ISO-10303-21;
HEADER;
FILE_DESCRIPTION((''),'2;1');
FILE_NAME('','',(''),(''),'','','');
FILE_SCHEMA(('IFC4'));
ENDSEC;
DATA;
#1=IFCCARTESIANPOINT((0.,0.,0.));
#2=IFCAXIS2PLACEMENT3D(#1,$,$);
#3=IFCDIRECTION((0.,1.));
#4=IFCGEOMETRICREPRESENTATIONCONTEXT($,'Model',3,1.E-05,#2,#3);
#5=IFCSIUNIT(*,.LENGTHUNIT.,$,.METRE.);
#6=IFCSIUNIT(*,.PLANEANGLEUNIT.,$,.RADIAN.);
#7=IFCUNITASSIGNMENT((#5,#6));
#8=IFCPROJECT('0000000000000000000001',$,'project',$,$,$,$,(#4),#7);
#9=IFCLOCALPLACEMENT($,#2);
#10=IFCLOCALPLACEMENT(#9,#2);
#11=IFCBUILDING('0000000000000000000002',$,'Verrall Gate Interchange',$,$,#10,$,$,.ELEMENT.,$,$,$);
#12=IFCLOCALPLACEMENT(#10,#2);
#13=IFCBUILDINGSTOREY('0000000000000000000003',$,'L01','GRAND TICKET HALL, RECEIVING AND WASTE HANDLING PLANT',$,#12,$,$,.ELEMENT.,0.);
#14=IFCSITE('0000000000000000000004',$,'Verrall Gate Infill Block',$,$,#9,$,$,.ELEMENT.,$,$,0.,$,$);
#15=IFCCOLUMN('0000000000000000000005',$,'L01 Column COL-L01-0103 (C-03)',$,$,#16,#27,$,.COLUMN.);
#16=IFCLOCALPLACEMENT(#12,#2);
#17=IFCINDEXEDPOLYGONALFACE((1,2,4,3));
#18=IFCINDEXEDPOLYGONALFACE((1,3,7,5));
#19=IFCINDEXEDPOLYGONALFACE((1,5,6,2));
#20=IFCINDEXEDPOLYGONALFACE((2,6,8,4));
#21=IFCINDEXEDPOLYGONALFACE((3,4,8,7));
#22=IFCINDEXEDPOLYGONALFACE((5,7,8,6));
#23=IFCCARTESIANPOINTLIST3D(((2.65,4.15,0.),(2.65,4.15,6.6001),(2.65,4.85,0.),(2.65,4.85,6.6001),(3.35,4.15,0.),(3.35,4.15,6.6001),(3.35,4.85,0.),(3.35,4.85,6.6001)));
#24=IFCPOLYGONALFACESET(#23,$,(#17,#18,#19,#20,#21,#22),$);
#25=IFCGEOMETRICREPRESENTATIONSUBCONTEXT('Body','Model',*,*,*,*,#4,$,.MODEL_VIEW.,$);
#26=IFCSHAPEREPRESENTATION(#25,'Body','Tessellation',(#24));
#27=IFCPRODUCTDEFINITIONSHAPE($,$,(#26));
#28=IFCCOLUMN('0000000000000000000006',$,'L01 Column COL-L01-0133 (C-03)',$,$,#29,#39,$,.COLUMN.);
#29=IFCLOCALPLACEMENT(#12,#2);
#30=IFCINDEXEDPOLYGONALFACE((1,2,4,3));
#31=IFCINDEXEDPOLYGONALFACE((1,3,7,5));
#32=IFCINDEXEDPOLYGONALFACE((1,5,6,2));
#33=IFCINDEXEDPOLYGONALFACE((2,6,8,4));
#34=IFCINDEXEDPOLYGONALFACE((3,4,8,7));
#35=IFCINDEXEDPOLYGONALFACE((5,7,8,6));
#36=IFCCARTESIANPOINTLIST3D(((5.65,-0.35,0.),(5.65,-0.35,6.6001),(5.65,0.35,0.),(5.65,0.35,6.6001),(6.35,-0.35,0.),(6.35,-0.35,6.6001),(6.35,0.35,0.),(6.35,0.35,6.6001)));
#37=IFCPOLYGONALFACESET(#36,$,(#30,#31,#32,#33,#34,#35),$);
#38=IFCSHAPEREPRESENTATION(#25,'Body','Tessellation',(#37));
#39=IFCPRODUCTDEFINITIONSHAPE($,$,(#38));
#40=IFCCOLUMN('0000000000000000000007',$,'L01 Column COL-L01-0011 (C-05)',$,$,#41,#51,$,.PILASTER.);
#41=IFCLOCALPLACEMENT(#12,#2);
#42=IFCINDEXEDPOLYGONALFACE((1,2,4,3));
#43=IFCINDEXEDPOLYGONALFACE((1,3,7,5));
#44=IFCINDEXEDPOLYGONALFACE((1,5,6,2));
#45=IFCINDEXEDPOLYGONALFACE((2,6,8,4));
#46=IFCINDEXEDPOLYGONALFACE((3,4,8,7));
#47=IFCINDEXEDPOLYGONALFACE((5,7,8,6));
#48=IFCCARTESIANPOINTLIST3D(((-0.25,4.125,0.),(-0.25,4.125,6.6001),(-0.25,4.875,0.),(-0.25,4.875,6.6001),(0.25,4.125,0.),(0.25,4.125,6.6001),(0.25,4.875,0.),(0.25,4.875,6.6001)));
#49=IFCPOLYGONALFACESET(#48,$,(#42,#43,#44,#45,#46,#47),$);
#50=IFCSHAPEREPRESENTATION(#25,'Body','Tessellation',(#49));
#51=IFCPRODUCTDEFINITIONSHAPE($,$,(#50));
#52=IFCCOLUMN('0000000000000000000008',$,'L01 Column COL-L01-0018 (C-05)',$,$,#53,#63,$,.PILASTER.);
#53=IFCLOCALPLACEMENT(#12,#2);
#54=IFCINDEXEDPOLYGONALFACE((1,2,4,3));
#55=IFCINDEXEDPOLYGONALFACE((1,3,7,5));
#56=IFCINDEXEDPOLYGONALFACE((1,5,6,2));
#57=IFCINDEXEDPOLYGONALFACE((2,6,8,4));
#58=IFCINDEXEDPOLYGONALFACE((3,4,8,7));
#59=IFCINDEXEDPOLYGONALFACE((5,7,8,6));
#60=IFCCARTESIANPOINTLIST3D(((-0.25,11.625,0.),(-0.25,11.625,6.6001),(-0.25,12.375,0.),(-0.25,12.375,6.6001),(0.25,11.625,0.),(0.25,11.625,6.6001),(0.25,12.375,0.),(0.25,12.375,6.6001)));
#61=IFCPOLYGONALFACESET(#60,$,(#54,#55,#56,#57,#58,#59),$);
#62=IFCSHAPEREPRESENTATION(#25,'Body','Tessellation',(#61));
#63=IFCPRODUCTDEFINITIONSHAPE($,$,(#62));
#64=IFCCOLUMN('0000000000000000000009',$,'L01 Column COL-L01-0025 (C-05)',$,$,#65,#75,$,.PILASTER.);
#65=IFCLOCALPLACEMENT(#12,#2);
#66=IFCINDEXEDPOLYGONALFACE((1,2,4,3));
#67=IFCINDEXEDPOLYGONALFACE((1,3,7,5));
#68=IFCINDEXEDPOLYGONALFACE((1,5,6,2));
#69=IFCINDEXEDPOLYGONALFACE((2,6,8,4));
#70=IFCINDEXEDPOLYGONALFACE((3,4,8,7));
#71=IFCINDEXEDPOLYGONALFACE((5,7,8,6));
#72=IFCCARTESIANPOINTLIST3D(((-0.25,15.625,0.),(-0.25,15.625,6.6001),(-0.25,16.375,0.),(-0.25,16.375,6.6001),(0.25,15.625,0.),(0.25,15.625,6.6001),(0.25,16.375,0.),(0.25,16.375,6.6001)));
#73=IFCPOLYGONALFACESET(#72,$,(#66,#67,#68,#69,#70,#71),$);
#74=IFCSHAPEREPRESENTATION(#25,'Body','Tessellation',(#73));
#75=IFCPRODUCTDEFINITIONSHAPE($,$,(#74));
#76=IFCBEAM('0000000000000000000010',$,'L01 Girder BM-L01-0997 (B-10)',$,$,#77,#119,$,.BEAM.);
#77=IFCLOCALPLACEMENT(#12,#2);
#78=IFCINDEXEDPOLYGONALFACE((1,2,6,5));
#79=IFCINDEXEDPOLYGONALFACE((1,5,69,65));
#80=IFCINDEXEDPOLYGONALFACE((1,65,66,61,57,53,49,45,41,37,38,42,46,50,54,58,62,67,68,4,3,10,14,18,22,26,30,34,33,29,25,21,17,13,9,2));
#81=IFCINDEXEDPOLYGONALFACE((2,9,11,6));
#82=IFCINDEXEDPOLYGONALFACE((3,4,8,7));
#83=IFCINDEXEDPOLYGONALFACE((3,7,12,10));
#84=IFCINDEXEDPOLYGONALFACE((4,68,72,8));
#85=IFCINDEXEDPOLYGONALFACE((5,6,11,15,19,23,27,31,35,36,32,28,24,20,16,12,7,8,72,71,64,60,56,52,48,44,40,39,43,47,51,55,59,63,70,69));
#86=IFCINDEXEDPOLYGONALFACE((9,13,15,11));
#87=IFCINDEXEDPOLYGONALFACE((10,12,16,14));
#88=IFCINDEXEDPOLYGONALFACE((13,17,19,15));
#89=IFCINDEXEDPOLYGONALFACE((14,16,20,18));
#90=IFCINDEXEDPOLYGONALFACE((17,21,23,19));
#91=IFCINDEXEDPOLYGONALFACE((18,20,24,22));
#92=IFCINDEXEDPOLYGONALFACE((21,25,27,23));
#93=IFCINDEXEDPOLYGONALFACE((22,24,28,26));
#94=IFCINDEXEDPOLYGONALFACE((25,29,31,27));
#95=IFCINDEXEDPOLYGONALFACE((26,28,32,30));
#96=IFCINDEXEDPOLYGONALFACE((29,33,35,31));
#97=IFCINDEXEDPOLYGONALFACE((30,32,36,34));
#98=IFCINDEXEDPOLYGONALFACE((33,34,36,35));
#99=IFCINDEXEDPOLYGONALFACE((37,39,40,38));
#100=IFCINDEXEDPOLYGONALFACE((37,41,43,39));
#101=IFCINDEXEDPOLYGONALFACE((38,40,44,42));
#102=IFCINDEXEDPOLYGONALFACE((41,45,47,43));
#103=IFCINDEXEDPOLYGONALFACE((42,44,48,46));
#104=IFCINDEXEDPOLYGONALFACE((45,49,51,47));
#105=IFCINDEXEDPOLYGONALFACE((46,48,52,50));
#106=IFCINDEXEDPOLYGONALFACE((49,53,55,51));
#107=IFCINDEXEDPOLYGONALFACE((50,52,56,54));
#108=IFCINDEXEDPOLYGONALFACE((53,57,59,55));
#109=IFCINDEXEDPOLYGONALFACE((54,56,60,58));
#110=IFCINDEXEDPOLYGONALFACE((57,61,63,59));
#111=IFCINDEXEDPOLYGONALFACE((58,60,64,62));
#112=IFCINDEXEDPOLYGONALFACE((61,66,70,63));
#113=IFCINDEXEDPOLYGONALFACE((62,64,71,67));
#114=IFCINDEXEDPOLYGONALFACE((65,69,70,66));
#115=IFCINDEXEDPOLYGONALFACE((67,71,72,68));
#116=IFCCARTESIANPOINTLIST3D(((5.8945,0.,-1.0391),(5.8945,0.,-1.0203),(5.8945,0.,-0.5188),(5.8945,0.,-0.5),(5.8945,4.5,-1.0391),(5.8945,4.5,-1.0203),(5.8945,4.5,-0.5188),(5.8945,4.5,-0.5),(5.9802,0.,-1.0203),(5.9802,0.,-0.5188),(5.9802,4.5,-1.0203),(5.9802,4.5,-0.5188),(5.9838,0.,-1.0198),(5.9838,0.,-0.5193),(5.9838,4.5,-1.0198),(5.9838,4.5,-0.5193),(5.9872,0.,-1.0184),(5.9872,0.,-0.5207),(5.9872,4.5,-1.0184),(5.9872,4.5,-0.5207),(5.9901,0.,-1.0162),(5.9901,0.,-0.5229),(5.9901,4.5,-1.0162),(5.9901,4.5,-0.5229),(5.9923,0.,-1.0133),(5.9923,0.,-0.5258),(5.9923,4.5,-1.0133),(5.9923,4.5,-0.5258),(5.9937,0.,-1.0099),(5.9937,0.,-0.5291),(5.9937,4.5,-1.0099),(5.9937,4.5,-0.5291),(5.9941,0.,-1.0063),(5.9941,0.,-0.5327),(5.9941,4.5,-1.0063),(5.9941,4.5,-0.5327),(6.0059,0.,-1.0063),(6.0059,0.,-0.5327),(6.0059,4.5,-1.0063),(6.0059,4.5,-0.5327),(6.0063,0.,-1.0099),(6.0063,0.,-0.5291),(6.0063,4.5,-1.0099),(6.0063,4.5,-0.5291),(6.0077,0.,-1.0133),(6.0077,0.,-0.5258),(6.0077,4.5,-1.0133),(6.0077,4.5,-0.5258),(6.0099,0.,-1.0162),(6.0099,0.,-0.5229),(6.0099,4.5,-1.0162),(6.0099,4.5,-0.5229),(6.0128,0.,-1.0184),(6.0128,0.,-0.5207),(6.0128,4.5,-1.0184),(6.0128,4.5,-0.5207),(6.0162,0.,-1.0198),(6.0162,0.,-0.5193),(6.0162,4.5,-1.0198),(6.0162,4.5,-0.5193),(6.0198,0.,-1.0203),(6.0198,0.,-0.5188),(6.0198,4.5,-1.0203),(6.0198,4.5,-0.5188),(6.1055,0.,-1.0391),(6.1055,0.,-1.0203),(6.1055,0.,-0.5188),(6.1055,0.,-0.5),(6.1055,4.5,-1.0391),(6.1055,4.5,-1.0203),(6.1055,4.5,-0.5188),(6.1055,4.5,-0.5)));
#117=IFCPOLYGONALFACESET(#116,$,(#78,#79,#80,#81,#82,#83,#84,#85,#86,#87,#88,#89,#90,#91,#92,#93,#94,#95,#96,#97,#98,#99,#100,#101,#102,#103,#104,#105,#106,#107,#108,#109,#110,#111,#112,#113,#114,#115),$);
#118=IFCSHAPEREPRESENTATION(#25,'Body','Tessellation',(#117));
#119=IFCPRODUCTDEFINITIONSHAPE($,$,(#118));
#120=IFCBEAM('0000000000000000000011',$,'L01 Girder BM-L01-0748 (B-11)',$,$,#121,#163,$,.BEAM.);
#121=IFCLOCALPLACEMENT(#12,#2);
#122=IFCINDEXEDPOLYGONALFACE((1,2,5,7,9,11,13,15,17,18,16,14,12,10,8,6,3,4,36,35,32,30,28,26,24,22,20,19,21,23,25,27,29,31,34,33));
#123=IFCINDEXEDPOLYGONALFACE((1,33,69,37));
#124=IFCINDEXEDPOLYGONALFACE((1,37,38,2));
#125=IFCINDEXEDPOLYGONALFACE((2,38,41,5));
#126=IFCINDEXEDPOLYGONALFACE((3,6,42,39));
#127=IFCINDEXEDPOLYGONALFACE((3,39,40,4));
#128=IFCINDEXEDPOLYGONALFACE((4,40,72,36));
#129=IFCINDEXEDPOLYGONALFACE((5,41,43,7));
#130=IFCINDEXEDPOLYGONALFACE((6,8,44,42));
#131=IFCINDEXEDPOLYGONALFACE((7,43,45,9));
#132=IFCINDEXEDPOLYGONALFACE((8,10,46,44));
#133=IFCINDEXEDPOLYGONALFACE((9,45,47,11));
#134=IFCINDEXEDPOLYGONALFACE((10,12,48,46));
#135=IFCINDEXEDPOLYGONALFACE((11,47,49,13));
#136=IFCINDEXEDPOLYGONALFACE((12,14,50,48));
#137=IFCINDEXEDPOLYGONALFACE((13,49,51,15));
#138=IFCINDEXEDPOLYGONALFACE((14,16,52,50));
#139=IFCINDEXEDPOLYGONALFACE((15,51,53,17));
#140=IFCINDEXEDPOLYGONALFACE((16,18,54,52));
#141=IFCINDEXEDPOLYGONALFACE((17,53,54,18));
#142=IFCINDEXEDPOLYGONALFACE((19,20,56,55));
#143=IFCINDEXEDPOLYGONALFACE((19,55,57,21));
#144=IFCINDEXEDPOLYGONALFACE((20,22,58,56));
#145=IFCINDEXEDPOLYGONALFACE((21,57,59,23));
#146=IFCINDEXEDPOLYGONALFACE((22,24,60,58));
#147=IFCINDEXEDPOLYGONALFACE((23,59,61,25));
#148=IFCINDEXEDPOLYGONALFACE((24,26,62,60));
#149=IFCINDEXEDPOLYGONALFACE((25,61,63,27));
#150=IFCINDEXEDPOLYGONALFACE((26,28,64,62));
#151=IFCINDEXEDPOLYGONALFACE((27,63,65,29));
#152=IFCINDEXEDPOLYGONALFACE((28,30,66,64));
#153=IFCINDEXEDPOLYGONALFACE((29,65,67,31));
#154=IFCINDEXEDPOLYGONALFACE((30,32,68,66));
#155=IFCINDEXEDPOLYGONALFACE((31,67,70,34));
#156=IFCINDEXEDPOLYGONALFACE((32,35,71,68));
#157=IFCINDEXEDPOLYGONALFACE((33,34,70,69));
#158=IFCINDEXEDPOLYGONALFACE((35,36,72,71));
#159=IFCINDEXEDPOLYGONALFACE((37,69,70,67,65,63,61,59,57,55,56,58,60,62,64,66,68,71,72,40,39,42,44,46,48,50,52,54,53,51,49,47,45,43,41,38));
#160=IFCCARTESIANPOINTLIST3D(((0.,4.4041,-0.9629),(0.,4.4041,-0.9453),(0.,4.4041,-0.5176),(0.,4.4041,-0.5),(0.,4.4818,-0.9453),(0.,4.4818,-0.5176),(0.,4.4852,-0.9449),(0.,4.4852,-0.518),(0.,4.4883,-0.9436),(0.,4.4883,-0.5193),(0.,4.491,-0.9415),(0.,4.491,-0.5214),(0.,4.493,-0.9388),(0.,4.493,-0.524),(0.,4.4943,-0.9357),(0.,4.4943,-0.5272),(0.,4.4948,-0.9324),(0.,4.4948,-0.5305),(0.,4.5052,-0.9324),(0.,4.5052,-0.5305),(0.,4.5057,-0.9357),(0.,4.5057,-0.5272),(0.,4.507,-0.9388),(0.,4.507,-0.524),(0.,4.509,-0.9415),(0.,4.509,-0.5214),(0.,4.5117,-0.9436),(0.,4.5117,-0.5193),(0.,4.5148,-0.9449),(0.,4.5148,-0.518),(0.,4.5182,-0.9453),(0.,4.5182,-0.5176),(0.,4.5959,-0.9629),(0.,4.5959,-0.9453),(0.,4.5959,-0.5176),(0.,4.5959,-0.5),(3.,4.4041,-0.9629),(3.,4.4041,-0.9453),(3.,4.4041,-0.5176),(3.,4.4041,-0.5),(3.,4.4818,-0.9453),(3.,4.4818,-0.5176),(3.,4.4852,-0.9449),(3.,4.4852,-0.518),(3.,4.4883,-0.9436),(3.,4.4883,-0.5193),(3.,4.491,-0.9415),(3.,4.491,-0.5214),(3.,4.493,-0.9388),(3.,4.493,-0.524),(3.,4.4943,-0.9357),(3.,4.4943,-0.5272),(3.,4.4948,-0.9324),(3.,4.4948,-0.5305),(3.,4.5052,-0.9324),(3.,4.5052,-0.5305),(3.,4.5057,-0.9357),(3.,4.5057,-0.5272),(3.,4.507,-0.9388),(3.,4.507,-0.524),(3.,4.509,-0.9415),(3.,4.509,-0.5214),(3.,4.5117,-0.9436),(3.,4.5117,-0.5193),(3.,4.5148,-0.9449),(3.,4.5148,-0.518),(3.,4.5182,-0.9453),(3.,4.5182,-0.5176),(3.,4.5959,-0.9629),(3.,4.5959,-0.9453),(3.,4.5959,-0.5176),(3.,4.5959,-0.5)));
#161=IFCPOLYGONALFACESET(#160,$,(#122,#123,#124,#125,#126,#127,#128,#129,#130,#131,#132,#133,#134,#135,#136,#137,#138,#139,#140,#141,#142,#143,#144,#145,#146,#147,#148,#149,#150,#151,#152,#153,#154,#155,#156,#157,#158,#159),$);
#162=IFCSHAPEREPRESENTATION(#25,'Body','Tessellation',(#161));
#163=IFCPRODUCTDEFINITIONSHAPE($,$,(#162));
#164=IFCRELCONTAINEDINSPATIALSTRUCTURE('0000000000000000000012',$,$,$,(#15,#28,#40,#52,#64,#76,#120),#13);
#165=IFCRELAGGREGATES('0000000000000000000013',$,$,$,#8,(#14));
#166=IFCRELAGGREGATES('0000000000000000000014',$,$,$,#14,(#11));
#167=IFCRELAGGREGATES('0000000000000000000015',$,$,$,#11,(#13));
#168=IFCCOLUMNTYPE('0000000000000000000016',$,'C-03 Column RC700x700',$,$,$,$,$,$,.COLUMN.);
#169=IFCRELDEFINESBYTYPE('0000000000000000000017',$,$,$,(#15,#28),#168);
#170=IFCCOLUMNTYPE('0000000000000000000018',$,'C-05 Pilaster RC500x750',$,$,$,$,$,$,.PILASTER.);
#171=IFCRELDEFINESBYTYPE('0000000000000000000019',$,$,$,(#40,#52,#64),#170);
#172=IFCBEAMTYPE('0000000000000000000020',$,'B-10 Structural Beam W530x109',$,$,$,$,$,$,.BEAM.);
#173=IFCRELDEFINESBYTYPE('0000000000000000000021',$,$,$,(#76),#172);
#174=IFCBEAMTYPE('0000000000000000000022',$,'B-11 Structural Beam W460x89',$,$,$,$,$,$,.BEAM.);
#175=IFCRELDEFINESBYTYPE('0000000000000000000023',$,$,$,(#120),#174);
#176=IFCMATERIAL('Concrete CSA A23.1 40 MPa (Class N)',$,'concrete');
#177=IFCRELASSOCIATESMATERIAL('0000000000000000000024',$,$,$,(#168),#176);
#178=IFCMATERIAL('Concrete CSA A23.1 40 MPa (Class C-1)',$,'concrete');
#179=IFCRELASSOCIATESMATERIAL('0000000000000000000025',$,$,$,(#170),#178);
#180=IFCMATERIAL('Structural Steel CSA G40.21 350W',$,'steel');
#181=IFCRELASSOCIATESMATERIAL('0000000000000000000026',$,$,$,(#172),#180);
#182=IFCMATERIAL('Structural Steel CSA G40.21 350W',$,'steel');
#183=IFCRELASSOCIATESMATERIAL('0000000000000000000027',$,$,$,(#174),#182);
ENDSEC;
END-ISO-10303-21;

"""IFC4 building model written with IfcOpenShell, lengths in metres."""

from ifc_helpers import new_model, si_unit, direction, frame, origin, origin_2d, place, context, subcontext, project, spatial, rectangle, i_section, extrude, material, material_profile, profile_set, type_object, element, save


model = new_model("IFC4")

# Units and contexts
model_context = context("Model", 3, precision=1e-05, world=origin(), true_north=direction((0.0, 1.0)))
body_context = subcontext(model_context, "Body", "Model", "MODEL_VIEW")
ifc_project = project(units=[si_unit("LENGTHUNIT", "METRE"), si_unit("PLANEANGLEUNIT", "RADIAN")], contexts=[model_context])

# Site, building, storey
site_placement = place(None, origin())
site = spatial("IfcSite", under=ifc_project, at=site_placement, Name="Verrall Gate Infill Block", CompositionType="ELEMENT", RefElevation=0.0)
building_placement = place(site_placement, origin())
building = spatial("IfcBuilding", under=site, at=building_placement, Name="Verrall Gate Interchange", CompositionType="ELEMENT")
storey_placement = place(building_placement, origin())
storey = spatial("IfcBuildingStorey", under=building, at=storey_placement, Name="L01", Description="GRAND TICKET HALL, RECEIVING AND WASTE HANDLING PLANT", CompositionType="ELEMENT", Elevation=0.0)

# Columns
ifc_material_1 = material(Name="Concrete CSA A23.1 40 MPa (Class N)", Category="concrete")
ifc_material_profile_1 = material_profile(ifc_material_1, rectangle(XDim=0.7, YDim=0.7, at=origin_2d()), Name="RC700x700")
ifc_profile_set_1 = profile_set([ifc_material_profile_1], Name="Concrete CSA A23.1 40 MPa (Class N)")
column_type_1 = type_object("IfcColumnType", Name="C-03 Column RC700x700", PredefinedType="COLUMN", material=ifc_profile_set_1)
for number, where, z_axis, x_axis, name in (
    (1, (3.0, 4.5, 0.0), (0.0, 0.0, 1.0), (1.0, 0.0, 0.0), "L01 Column COL-L01-0103 (C-03)"),
    (2, (6.0, 0.0, 0.0), (0.0, 0.0, 1.0), (1.0, 0.0, 0.0), "L01 Column COL-L01-0133 (C-03)"),
):
    element("IfcColumn", number, at=place(storey_placement, frame(where, z_axis=z_axis, x_axis=x_axis)), inside=storey, type_object=column_type_1, Name=name, PredefinedType="COLUMN", context=body_context, shape_type="SweptSolid", body=[
        extrude(rectangle(XDim=0.7, YDim=0.7, at=origin_2d()), origin(), (0.0, 0.0, 1.0), 6.6001),
    ])
ifc_material_2 = material(Name="Concrete CSA A23.1 40 MPa (Class C-1)", Category="concrete")
ifc_material_profile_2 = material_profile(ifc_material_2, rectangle(XDim=0.5, YDim=0.75, at=origin_2d()), Name="RC500x750")
ifc_profile_set_2 = profile_set([ifc_material_profile_2], Name="Concrete CSA A23.1 40 MPa (Class C-1)")
column_type_2 = type_object("IfcColumnType", Name="C-05 Pilaster RC500x750", PredefinedType="PILASTER", material=ifc_profile_set_2)
for number, where, z_axis, x_axis, name in (
    (3, (0.0, 4.5, 0.0), (0.0, 0.0, 1.0), (1.0, 0.0, 0.0), "L01 Column COL-L01-0011 (C-05)"),
    (4, (0.0, 12.0, 0.0), (0.0, 0.0, 1.0), (1.0, 0.0, 0.0), "L01 Column COL-L01-0018 (C-05)"),
    (5, (0.0, 16.0, 0.0), (0.0, 0.0, 1.0), (1.0, 0.0, 0.0), "L01 Column COL-L01-0025 (C-05)"),
):
    element("IfcColumn", number, at=place(storey_placement, frame(where, z_axis=z_axis, x_axis=x_axis)), inside=storey, type_object=column_type_2, Name=name, PredefinedType="PILASTER", context=body_context, shape_type="SweptSolid", body=[
        extrude(rectangle(XDim=0.5, YDim=0.75, at=origin_2d()), origin(), (0.0, 0.0, 1.0), 6.6001),
    ])

# Beams
ifc_material_3 = material(Name="Structural Steel CSA G40.21 350W", Category="steel")
ifc_material_profile_3 = material_profile(ifc_material_3, i_section(OverallWidth=0.2109, OverallDepth=0.5391, WebThickness=0.0117, FlangeThickness=0.0188, FilletRadius=0.0139, at=origin_2d()), Name="W530x109")
ifc_profile_set_3 = profile_set([ifc_material_profile_3], Name="Structural Steel CSA G40.21 350W")
beam_type_1 = type_object("IfcBeamType", Name="B-10 Structural Beam W530x109", PredefinedType="BEAM", material=ifc_profile_set_3)
beam_1_placement = place(storey_placement, frame((6.0, 0.0, -0.7695), z_axis=(0.0, 1.0, 0.0), x_axis=(-1.0, 0.0, 0.0)))
element("IfcBeam", 6, at=beam_1_placement, inside=storey, type_object=beam_type_1, Name="L01 Girder BM-L01-0997 (B-10)", PredefinedType="BEAM", context=body_context, shape_type="SweptSolid", body=[
    extrude(i_section(OverallWidth=0.2109, OverallDepth=0.5391, WebThickness=0.0117, FlangeThickness=0.0188, FilletRadius=0.0139, at=origin_2d()), origin(), (0.0, 0.0, 1.0), 4.5),
])
ifc_material_4 = material(Name="Structural Steel CSA G40.21 350W", Category="steel")
ifc_material_profile_4 = material_profile(ifc_material_4, i_section(OverallWidth=0.1919, OverallDepth=0.4629, WebThickness=0.0105, FlangeThickness=0.0176, FilletRadius=0.0129, at=origin_2d()), Name="W460x89")
ifc_profile_set_4 = profile_set([ifc_material_profile_4], Name="Structural Steel CSA G40.21 350W")
beam_type_2 = type_object("IfcBeamType", Name="B-11 Structural Beam W460x89", PredefinedType="BEAM", material=ifc_profile_set_4)
beam_2_placement = place(storey_placement, frame((0.0, 4.5, -0.7314), z_axis=(1.0, 0.0, 0.0), x_axis=(0.0, 1.0, 0.0)))
element("IfcBeam", 7, at=beam_2_placement, inside=storey, type_object=beam_type_2, Name="L01 Girder BM-L01-0748 (B-11)", PredefinedType="BEAM", context=body_context, shape_type="SweptSolid", body=[
    extrude(i_section(OverallWidth=0.1919, OverallDepth=0.4629, WebThickness=0.0105, FlangeThickness=0.0176, FilletRadius=0.0129, at=origin_2d()), origin(), (0.0, 0.0, 1.0), 3.0),
])

save(model, "model.ifc")
